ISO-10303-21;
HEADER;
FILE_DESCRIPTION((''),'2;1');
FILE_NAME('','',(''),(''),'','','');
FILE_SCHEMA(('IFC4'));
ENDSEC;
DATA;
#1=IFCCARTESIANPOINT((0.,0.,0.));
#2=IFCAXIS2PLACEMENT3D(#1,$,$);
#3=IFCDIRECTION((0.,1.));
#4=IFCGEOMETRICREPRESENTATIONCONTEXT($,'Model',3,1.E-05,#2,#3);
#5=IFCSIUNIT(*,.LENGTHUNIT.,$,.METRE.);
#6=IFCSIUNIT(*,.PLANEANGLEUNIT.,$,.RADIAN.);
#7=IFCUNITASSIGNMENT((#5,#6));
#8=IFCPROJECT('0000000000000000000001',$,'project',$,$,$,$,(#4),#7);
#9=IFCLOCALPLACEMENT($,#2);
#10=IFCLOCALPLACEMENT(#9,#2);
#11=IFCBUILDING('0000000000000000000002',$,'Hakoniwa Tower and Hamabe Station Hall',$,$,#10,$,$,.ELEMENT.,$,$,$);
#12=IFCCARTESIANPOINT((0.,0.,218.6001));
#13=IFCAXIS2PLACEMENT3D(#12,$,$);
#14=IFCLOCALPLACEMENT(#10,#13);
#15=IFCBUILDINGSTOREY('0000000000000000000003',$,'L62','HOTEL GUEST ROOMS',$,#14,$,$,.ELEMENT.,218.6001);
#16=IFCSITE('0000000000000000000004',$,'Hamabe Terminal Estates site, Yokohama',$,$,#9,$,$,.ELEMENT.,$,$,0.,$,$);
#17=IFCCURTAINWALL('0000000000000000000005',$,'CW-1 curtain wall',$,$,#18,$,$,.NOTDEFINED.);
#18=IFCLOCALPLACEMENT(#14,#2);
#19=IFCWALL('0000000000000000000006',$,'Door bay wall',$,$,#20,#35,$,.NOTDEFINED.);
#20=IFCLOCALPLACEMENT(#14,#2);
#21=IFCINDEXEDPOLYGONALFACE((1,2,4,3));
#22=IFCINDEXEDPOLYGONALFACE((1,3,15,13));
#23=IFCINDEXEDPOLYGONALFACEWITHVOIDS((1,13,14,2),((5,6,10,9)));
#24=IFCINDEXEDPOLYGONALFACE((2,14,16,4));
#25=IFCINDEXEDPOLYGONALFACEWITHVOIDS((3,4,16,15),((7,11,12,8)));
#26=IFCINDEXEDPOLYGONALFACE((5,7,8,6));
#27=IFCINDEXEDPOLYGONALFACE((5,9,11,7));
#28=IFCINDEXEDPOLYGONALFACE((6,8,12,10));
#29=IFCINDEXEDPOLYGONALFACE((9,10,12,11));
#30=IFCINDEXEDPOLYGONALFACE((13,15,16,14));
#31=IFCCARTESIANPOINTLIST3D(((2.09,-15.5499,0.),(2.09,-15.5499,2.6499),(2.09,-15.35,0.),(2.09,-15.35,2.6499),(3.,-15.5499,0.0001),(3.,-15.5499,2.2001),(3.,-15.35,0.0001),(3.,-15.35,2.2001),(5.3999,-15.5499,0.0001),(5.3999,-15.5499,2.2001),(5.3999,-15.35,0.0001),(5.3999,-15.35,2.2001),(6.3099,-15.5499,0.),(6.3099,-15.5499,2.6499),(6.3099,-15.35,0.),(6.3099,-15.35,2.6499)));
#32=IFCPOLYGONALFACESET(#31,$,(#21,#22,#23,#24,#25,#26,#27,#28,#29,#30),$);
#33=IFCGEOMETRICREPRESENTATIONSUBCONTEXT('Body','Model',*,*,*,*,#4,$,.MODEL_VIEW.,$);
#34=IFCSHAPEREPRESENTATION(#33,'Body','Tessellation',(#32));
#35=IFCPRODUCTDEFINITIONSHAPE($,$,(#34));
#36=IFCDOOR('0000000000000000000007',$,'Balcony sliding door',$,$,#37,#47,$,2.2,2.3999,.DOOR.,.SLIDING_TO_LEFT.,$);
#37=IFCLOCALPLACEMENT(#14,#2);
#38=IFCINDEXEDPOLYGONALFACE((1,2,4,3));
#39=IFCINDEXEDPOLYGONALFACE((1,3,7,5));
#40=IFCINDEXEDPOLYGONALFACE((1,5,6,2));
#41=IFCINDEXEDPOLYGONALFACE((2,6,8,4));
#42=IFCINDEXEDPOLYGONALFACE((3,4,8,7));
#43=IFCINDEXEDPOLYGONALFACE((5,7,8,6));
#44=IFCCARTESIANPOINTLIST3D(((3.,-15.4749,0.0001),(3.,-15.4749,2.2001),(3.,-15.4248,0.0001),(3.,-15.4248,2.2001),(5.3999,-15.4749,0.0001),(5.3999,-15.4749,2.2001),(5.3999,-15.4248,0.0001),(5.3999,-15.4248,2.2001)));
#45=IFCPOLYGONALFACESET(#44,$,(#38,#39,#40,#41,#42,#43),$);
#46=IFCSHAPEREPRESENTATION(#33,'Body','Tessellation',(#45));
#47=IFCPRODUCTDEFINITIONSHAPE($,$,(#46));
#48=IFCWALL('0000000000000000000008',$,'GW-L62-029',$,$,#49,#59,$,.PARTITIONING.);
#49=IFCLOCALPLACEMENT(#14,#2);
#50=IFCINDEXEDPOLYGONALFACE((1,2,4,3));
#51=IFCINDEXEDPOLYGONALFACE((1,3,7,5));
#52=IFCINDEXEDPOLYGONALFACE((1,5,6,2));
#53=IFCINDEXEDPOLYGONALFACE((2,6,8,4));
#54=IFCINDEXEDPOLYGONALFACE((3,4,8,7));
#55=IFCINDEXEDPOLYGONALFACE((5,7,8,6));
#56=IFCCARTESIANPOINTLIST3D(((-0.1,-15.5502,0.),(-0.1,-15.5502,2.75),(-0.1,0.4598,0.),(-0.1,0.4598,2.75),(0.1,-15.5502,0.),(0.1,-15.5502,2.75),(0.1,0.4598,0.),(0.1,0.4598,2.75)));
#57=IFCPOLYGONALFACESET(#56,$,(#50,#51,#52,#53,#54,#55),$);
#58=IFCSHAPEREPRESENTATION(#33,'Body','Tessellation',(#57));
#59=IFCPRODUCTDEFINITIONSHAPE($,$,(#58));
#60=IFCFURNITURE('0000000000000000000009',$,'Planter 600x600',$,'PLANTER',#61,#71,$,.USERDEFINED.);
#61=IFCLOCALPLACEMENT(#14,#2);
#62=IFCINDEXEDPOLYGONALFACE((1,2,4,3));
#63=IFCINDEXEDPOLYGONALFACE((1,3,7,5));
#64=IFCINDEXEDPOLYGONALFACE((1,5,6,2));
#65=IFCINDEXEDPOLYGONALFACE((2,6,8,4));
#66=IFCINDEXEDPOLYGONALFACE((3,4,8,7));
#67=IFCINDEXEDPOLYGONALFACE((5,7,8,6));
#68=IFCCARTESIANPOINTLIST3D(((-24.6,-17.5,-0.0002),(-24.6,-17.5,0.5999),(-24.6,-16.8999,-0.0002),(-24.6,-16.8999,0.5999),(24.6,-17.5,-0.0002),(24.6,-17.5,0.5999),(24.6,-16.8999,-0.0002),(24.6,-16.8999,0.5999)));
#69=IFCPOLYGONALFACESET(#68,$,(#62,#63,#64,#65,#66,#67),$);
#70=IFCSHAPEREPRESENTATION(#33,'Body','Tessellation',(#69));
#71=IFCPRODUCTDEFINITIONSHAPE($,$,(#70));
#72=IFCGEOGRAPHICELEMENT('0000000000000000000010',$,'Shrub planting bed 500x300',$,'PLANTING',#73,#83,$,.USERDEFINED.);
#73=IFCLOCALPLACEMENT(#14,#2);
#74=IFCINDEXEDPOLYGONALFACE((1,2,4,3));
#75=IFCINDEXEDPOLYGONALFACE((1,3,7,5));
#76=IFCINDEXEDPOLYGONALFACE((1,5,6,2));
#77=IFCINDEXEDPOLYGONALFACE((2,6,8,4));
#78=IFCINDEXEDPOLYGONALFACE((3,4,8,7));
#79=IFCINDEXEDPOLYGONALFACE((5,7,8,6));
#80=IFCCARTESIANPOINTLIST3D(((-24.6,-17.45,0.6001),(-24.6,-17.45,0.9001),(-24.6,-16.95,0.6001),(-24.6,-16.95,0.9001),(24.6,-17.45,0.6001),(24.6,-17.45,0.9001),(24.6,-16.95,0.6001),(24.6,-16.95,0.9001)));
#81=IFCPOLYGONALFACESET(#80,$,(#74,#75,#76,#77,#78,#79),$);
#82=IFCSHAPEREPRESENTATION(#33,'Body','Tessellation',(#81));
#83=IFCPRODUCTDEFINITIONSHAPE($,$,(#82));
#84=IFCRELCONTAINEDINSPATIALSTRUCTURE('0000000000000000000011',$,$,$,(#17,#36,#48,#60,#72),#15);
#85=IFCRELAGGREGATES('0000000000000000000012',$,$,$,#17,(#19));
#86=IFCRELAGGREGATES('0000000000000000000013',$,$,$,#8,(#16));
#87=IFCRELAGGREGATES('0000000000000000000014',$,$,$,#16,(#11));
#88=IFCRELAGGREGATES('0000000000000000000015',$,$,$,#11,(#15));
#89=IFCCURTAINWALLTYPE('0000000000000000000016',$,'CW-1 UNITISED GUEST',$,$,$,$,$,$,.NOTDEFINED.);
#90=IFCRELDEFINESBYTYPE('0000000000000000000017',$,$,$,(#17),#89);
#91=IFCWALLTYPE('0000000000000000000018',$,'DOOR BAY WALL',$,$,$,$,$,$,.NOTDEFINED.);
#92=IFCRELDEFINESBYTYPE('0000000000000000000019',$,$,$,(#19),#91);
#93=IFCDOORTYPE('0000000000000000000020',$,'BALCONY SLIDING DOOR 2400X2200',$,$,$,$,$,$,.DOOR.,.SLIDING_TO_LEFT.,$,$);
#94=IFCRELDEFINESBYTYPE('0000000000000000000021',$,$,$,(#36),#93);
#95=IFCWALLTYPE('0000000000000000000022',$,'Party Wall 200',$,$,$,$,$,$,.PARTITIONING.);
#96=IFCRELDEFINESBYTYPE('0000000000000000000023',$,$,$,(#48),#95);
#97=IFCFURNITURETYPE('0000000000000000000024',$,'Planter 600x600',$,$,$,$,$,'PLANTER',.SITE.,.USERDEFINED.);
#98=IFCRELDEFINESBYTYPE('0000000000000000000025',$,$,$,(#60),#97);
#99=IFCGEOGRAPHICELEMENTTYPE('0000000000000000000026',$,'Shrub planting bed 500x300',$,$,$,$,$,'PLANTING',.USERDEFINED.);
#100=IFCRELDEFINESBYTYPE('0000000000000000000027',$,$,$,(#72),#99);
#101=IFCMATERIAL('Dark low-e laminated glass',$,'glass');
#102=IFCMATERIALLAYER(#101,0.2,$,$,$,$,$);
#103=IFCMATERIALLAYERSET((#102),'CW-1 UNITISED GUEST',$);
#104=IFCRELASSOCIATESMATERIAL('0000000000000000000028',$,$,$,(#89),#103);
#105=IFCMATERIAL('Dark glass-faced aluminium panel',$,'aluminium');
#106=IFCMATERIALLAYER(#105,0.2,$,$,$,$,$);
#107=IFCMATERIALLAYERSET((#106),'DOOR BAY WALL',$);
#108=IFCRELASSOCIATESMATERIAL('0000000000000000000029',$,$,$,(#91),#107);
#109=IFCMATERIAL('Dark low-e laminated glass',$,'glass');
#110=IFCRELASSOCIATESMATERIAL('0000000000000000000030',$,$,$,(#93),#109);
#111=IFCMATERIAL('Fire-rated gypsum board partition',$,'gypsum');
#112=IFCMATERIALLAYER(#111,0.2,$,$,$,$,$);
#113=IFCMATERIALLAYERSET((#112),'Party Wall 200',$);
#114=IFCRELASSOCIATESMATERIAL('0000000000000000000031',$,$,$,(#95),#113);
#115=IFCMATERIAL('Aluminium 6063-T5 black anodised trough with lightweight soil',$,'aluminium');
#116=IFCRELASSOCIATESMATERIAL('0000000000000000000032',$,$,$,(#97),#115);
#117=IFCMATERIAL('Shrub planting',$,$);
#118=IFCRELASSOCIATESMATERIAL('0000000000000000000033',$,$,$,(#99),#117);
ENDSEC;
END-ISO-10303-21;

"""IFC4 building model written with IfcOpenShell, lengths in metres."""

from ifc_helpers import new_model, si_unit, direction, frame, frame_2d, origin, origin_2d, place, context, subcontext, project, spatial, rectangle, extrude, material, layer, layer_set, type_object, element, fill, aggregate, save


model = new_model("IFC4")

# Units and contexts
model_context = context("Model", 3, precision=1e-05, world=origin(), true_north=direction((0.0, 1.0)))
body_context = subcontext(model_context, "Body", "Model", "MODEL_VIEW")
ifc_project = project(units=[si_unit("LENGTHUNIT", "METRE"), si_unit("PLANEANGLEUNIT", "RADIAN")], contexts=[model_context])

# Site, building, storey
site_placement = place(None, origin())
site = spatial("IfcSite", under=ifc_project, at=site_placement, Name="Hamabe Terminal Estates site, Yokohama", CompositionType="ELEMENT", RefElevation=0.0)
building_placement = place(site_placement, origin())
building = spatial("IfcBuilding", under=site, at=building_placement, Name="Hakoniwa Tower and Hamabe Station Hall", CompositionType="ELEMENT")
storey_placement = place(building_placement, frame((0.0, 0.0, 218.6001)))
storey = spatial("IfcBuildingStorey", under=building, at=storey_placement, Name="L62", Description="HOTEL GUEST ROOMS", CompositionType="ELEMENT", Elevation=218.6001)

# Curtain wall
ifc_material_1 = material(Name="Dark low-e laminated glass", Category="glass")
ifc_layer_1 = layer(ifc_material_1, 0.2)
ifc_layer_set_1 = layer_set([ifc_layer_1], Name="CW-1 UNITISED GUEST")
curtain_wall_type = type_object("IfcCurtainWallType", Name="CW-1 UNITISED GUEST", PredefinedType="NOTDEFINED", material=ifc_layer_set_1)
curtain_wall_1_placement = place(storey_placement, origin())
curtain_wall_1 = element("IfcCurtainWall", 1, at=curtain_wall_1_placement, inside=storey, type_object=curtain_wall_type, Name="CW-1 curtain wall", PredefinedType="NOTDEFINED")

# Wall, opening, door
ifc_material_2 = material(Name="Dark glass-faced aluminium panel", Category="aluminium")
ifc_layer_2 = layer(ifc_material_2, 0.2)
ifc_layer_set_2 = layer_set([ifc_layer_2], Name="DOOR BAY WALL")
wall_type_1 = type_object("IfcWallType", Name="DOOR BAY WALL", PredefinedType="NOTDEFINED", material=ifc_layer_set_2)
wall_1_placement = place(storey_placement, frame((2.0901, -15.45, 0.0), z_axis=(0.0, 0.0, 1.0), x_axis=(1.0, 0.0, 0.0)))
wall_1 = element("IfcWall", 2, at=wall_1_placement, type_object=wall_type_1, Name="Door bay wall", PredefinedType="NOTDEFINED", context=body_context, shape_type="SweptSolid", body=[
    extrude(rectangle(XDim=4.22, YDim=0.2, at=frame_2d((2.1099, 0.0))), origin(), (0.0, 0.0, 1.0), 2.6499),
])
opening_1_placement = place(wall_1_placement, frame((0.9099, 0.0, 0.0)))
opening_1 = element("IfcOpeningElement", 3, at=opening_1_placement, cuts=wall_1, PredefinedType="OPENING", context=body_context, shape_type="SweptSolid", body=[
    extrude(rectangle(XDim=2.3999, YDim=2.2, at=frame_2d((1.2, 1.1001))), frame((0.0, 0.1099, 0.0), z_axis=(0.0, -1.0, 0.0), x_axis=(1.0, 0.0, 0.0)), (0.0, 0.0, 1.0), 0.22),
])
ifc_material_3 = material(Name="Dark low-e laminated glass", Category="glass")
door_type_1 = type_object("IfcDoorType", Name="BALCONY SLIDING DOOR 2400X2200", OperationType="SLIDING_TO_LEFT", PredefinedType="DOOR", material=ifc_material_3)
door_1_placement = place(opening_1_placement, frame((2.3999, 0.0, 0.0), z_axis=(0.0, 0.0, 1.0), x_axis=(-1.0, 0.0, 0.0)))
door_1 = element("IfcDoor", 4, at=door_1_placement, inside=storey, type_object=door_type_1, Name="Balcony sliding door", OperationType="SLIDING_TO_LEFT", OverallHeight=2.2, OverallWidth=2.3999, PredefinedType="DOOR", context=body_context, shape_type="SweptSolid", body=[
    extrude(rectangle(XDim=2.3999, YDim=2.2, at=frame_2d((1.2, 1.1001))), frame((0.0, 0.0249, 0.0), z_axis=(0.0, -1.0, 0.0), x_axis=(1.0, 0.0, 0.0)), (0.0, 0.0, 1.0), 0.05),
])
fill(opening_1, door_1)
aggregate(curtain_wall_1, [wall_1])

# Wall
ifc_material_4 = material(Name="Fire-rated gypsum board partition", Category="gypsum")
ifc_layer_3 = layer(ifc_material_4, 0.2)
ifc_layer_set_3 = layer_set([ifc_layer_3], Name="Party Wall 200")
wall_type_2 = type_object("IfcWallType", Name="Party Wall 200", PredefinedType="PARTITIONING", material=ifc_layer_set_3)
wall_2_placement = place(storey_placement, frame((0.0, -15.55, 0.0), z_axis=(0.0, 0.0, 1.0), x_axis=(0.0, 1.0, 0.0)))
element("IfcWall", 5, at=wall_2_placement, inside=storey, type_object=wall_type_2, Name="GW-L62-029", PredefinedType="PARTITIONING", context=body_context, shape_type="SweptSolid", body=[
    extrude(rectangle(XDim=16.01, YDim=0.2, at=frame_2d((8.0049, 0.0))), origin(), (0.0, 0.0, 1.0), 2.75),
])

# Furniture
ifc_material_5 = material(Name="Aluminium 6063-T5 black anodised trough with lightweight soil", Category="aluminium")
furniture_type = type_object("IfcFurnitureType", Name="Planter 600x600", ElementType="PLANTER", AssemblyPlace="SITE", PredefinedType="USERDEFINED", material=ifc_material_5)
furniture_placement = place(storey_placement, frame((0.0, -17.2, -0.0002), z_axis=(0.0, 0.0, 1.0), x_axis=(1.0, 0.0, 0.0)))
element("IfcFurniture", 6, at=furniture_placement, inside=storey, type_object=furniture_type, Name="Planter 600x600", ObjectType="PLANTER", PredefinedType="USERDEFINED", context=body_context, shape_type="SweptSolid", body=[
    extrude(rectangle(XDim=49.2, YDim=0.6001, at=origin_2d()), origin(), (0.0, 0.0, 1.0), 0.6001),
])

# Geographic element
ifc_material_6 = material(Name="Shrub planting")
geographic_element_type = type_object("IfcGeographicElementType", Name="Shrub planting bed 500x300", ElementType="PLANTING", PredefinedType="USERDEFINED", material=ifc_material_6)
geographic_element_placement = place(storey_placement, frame((0.0, -17.2, 0.6001), z_axis=(0.0, 0.0, 1.0), x_axis=(1.0, 0.0, 0.0)))
element("IfcGeographicElement", 7, at=geographic_element_placement, inside=storey, type_object=geographic_element_type, Name="Shrub planting bed 500x300", ObjectType="PLANTING", PredefinedType="USERDEFINED", context=body_context, shape_type="SweptSolid", body=[
    extrude(rectangle(XDim=49.2, YDim=0.5, at=origin_2d()), origin(), (0.0, 0.0, 1.0), 0.3),
])

save(model, "model.ifc")
